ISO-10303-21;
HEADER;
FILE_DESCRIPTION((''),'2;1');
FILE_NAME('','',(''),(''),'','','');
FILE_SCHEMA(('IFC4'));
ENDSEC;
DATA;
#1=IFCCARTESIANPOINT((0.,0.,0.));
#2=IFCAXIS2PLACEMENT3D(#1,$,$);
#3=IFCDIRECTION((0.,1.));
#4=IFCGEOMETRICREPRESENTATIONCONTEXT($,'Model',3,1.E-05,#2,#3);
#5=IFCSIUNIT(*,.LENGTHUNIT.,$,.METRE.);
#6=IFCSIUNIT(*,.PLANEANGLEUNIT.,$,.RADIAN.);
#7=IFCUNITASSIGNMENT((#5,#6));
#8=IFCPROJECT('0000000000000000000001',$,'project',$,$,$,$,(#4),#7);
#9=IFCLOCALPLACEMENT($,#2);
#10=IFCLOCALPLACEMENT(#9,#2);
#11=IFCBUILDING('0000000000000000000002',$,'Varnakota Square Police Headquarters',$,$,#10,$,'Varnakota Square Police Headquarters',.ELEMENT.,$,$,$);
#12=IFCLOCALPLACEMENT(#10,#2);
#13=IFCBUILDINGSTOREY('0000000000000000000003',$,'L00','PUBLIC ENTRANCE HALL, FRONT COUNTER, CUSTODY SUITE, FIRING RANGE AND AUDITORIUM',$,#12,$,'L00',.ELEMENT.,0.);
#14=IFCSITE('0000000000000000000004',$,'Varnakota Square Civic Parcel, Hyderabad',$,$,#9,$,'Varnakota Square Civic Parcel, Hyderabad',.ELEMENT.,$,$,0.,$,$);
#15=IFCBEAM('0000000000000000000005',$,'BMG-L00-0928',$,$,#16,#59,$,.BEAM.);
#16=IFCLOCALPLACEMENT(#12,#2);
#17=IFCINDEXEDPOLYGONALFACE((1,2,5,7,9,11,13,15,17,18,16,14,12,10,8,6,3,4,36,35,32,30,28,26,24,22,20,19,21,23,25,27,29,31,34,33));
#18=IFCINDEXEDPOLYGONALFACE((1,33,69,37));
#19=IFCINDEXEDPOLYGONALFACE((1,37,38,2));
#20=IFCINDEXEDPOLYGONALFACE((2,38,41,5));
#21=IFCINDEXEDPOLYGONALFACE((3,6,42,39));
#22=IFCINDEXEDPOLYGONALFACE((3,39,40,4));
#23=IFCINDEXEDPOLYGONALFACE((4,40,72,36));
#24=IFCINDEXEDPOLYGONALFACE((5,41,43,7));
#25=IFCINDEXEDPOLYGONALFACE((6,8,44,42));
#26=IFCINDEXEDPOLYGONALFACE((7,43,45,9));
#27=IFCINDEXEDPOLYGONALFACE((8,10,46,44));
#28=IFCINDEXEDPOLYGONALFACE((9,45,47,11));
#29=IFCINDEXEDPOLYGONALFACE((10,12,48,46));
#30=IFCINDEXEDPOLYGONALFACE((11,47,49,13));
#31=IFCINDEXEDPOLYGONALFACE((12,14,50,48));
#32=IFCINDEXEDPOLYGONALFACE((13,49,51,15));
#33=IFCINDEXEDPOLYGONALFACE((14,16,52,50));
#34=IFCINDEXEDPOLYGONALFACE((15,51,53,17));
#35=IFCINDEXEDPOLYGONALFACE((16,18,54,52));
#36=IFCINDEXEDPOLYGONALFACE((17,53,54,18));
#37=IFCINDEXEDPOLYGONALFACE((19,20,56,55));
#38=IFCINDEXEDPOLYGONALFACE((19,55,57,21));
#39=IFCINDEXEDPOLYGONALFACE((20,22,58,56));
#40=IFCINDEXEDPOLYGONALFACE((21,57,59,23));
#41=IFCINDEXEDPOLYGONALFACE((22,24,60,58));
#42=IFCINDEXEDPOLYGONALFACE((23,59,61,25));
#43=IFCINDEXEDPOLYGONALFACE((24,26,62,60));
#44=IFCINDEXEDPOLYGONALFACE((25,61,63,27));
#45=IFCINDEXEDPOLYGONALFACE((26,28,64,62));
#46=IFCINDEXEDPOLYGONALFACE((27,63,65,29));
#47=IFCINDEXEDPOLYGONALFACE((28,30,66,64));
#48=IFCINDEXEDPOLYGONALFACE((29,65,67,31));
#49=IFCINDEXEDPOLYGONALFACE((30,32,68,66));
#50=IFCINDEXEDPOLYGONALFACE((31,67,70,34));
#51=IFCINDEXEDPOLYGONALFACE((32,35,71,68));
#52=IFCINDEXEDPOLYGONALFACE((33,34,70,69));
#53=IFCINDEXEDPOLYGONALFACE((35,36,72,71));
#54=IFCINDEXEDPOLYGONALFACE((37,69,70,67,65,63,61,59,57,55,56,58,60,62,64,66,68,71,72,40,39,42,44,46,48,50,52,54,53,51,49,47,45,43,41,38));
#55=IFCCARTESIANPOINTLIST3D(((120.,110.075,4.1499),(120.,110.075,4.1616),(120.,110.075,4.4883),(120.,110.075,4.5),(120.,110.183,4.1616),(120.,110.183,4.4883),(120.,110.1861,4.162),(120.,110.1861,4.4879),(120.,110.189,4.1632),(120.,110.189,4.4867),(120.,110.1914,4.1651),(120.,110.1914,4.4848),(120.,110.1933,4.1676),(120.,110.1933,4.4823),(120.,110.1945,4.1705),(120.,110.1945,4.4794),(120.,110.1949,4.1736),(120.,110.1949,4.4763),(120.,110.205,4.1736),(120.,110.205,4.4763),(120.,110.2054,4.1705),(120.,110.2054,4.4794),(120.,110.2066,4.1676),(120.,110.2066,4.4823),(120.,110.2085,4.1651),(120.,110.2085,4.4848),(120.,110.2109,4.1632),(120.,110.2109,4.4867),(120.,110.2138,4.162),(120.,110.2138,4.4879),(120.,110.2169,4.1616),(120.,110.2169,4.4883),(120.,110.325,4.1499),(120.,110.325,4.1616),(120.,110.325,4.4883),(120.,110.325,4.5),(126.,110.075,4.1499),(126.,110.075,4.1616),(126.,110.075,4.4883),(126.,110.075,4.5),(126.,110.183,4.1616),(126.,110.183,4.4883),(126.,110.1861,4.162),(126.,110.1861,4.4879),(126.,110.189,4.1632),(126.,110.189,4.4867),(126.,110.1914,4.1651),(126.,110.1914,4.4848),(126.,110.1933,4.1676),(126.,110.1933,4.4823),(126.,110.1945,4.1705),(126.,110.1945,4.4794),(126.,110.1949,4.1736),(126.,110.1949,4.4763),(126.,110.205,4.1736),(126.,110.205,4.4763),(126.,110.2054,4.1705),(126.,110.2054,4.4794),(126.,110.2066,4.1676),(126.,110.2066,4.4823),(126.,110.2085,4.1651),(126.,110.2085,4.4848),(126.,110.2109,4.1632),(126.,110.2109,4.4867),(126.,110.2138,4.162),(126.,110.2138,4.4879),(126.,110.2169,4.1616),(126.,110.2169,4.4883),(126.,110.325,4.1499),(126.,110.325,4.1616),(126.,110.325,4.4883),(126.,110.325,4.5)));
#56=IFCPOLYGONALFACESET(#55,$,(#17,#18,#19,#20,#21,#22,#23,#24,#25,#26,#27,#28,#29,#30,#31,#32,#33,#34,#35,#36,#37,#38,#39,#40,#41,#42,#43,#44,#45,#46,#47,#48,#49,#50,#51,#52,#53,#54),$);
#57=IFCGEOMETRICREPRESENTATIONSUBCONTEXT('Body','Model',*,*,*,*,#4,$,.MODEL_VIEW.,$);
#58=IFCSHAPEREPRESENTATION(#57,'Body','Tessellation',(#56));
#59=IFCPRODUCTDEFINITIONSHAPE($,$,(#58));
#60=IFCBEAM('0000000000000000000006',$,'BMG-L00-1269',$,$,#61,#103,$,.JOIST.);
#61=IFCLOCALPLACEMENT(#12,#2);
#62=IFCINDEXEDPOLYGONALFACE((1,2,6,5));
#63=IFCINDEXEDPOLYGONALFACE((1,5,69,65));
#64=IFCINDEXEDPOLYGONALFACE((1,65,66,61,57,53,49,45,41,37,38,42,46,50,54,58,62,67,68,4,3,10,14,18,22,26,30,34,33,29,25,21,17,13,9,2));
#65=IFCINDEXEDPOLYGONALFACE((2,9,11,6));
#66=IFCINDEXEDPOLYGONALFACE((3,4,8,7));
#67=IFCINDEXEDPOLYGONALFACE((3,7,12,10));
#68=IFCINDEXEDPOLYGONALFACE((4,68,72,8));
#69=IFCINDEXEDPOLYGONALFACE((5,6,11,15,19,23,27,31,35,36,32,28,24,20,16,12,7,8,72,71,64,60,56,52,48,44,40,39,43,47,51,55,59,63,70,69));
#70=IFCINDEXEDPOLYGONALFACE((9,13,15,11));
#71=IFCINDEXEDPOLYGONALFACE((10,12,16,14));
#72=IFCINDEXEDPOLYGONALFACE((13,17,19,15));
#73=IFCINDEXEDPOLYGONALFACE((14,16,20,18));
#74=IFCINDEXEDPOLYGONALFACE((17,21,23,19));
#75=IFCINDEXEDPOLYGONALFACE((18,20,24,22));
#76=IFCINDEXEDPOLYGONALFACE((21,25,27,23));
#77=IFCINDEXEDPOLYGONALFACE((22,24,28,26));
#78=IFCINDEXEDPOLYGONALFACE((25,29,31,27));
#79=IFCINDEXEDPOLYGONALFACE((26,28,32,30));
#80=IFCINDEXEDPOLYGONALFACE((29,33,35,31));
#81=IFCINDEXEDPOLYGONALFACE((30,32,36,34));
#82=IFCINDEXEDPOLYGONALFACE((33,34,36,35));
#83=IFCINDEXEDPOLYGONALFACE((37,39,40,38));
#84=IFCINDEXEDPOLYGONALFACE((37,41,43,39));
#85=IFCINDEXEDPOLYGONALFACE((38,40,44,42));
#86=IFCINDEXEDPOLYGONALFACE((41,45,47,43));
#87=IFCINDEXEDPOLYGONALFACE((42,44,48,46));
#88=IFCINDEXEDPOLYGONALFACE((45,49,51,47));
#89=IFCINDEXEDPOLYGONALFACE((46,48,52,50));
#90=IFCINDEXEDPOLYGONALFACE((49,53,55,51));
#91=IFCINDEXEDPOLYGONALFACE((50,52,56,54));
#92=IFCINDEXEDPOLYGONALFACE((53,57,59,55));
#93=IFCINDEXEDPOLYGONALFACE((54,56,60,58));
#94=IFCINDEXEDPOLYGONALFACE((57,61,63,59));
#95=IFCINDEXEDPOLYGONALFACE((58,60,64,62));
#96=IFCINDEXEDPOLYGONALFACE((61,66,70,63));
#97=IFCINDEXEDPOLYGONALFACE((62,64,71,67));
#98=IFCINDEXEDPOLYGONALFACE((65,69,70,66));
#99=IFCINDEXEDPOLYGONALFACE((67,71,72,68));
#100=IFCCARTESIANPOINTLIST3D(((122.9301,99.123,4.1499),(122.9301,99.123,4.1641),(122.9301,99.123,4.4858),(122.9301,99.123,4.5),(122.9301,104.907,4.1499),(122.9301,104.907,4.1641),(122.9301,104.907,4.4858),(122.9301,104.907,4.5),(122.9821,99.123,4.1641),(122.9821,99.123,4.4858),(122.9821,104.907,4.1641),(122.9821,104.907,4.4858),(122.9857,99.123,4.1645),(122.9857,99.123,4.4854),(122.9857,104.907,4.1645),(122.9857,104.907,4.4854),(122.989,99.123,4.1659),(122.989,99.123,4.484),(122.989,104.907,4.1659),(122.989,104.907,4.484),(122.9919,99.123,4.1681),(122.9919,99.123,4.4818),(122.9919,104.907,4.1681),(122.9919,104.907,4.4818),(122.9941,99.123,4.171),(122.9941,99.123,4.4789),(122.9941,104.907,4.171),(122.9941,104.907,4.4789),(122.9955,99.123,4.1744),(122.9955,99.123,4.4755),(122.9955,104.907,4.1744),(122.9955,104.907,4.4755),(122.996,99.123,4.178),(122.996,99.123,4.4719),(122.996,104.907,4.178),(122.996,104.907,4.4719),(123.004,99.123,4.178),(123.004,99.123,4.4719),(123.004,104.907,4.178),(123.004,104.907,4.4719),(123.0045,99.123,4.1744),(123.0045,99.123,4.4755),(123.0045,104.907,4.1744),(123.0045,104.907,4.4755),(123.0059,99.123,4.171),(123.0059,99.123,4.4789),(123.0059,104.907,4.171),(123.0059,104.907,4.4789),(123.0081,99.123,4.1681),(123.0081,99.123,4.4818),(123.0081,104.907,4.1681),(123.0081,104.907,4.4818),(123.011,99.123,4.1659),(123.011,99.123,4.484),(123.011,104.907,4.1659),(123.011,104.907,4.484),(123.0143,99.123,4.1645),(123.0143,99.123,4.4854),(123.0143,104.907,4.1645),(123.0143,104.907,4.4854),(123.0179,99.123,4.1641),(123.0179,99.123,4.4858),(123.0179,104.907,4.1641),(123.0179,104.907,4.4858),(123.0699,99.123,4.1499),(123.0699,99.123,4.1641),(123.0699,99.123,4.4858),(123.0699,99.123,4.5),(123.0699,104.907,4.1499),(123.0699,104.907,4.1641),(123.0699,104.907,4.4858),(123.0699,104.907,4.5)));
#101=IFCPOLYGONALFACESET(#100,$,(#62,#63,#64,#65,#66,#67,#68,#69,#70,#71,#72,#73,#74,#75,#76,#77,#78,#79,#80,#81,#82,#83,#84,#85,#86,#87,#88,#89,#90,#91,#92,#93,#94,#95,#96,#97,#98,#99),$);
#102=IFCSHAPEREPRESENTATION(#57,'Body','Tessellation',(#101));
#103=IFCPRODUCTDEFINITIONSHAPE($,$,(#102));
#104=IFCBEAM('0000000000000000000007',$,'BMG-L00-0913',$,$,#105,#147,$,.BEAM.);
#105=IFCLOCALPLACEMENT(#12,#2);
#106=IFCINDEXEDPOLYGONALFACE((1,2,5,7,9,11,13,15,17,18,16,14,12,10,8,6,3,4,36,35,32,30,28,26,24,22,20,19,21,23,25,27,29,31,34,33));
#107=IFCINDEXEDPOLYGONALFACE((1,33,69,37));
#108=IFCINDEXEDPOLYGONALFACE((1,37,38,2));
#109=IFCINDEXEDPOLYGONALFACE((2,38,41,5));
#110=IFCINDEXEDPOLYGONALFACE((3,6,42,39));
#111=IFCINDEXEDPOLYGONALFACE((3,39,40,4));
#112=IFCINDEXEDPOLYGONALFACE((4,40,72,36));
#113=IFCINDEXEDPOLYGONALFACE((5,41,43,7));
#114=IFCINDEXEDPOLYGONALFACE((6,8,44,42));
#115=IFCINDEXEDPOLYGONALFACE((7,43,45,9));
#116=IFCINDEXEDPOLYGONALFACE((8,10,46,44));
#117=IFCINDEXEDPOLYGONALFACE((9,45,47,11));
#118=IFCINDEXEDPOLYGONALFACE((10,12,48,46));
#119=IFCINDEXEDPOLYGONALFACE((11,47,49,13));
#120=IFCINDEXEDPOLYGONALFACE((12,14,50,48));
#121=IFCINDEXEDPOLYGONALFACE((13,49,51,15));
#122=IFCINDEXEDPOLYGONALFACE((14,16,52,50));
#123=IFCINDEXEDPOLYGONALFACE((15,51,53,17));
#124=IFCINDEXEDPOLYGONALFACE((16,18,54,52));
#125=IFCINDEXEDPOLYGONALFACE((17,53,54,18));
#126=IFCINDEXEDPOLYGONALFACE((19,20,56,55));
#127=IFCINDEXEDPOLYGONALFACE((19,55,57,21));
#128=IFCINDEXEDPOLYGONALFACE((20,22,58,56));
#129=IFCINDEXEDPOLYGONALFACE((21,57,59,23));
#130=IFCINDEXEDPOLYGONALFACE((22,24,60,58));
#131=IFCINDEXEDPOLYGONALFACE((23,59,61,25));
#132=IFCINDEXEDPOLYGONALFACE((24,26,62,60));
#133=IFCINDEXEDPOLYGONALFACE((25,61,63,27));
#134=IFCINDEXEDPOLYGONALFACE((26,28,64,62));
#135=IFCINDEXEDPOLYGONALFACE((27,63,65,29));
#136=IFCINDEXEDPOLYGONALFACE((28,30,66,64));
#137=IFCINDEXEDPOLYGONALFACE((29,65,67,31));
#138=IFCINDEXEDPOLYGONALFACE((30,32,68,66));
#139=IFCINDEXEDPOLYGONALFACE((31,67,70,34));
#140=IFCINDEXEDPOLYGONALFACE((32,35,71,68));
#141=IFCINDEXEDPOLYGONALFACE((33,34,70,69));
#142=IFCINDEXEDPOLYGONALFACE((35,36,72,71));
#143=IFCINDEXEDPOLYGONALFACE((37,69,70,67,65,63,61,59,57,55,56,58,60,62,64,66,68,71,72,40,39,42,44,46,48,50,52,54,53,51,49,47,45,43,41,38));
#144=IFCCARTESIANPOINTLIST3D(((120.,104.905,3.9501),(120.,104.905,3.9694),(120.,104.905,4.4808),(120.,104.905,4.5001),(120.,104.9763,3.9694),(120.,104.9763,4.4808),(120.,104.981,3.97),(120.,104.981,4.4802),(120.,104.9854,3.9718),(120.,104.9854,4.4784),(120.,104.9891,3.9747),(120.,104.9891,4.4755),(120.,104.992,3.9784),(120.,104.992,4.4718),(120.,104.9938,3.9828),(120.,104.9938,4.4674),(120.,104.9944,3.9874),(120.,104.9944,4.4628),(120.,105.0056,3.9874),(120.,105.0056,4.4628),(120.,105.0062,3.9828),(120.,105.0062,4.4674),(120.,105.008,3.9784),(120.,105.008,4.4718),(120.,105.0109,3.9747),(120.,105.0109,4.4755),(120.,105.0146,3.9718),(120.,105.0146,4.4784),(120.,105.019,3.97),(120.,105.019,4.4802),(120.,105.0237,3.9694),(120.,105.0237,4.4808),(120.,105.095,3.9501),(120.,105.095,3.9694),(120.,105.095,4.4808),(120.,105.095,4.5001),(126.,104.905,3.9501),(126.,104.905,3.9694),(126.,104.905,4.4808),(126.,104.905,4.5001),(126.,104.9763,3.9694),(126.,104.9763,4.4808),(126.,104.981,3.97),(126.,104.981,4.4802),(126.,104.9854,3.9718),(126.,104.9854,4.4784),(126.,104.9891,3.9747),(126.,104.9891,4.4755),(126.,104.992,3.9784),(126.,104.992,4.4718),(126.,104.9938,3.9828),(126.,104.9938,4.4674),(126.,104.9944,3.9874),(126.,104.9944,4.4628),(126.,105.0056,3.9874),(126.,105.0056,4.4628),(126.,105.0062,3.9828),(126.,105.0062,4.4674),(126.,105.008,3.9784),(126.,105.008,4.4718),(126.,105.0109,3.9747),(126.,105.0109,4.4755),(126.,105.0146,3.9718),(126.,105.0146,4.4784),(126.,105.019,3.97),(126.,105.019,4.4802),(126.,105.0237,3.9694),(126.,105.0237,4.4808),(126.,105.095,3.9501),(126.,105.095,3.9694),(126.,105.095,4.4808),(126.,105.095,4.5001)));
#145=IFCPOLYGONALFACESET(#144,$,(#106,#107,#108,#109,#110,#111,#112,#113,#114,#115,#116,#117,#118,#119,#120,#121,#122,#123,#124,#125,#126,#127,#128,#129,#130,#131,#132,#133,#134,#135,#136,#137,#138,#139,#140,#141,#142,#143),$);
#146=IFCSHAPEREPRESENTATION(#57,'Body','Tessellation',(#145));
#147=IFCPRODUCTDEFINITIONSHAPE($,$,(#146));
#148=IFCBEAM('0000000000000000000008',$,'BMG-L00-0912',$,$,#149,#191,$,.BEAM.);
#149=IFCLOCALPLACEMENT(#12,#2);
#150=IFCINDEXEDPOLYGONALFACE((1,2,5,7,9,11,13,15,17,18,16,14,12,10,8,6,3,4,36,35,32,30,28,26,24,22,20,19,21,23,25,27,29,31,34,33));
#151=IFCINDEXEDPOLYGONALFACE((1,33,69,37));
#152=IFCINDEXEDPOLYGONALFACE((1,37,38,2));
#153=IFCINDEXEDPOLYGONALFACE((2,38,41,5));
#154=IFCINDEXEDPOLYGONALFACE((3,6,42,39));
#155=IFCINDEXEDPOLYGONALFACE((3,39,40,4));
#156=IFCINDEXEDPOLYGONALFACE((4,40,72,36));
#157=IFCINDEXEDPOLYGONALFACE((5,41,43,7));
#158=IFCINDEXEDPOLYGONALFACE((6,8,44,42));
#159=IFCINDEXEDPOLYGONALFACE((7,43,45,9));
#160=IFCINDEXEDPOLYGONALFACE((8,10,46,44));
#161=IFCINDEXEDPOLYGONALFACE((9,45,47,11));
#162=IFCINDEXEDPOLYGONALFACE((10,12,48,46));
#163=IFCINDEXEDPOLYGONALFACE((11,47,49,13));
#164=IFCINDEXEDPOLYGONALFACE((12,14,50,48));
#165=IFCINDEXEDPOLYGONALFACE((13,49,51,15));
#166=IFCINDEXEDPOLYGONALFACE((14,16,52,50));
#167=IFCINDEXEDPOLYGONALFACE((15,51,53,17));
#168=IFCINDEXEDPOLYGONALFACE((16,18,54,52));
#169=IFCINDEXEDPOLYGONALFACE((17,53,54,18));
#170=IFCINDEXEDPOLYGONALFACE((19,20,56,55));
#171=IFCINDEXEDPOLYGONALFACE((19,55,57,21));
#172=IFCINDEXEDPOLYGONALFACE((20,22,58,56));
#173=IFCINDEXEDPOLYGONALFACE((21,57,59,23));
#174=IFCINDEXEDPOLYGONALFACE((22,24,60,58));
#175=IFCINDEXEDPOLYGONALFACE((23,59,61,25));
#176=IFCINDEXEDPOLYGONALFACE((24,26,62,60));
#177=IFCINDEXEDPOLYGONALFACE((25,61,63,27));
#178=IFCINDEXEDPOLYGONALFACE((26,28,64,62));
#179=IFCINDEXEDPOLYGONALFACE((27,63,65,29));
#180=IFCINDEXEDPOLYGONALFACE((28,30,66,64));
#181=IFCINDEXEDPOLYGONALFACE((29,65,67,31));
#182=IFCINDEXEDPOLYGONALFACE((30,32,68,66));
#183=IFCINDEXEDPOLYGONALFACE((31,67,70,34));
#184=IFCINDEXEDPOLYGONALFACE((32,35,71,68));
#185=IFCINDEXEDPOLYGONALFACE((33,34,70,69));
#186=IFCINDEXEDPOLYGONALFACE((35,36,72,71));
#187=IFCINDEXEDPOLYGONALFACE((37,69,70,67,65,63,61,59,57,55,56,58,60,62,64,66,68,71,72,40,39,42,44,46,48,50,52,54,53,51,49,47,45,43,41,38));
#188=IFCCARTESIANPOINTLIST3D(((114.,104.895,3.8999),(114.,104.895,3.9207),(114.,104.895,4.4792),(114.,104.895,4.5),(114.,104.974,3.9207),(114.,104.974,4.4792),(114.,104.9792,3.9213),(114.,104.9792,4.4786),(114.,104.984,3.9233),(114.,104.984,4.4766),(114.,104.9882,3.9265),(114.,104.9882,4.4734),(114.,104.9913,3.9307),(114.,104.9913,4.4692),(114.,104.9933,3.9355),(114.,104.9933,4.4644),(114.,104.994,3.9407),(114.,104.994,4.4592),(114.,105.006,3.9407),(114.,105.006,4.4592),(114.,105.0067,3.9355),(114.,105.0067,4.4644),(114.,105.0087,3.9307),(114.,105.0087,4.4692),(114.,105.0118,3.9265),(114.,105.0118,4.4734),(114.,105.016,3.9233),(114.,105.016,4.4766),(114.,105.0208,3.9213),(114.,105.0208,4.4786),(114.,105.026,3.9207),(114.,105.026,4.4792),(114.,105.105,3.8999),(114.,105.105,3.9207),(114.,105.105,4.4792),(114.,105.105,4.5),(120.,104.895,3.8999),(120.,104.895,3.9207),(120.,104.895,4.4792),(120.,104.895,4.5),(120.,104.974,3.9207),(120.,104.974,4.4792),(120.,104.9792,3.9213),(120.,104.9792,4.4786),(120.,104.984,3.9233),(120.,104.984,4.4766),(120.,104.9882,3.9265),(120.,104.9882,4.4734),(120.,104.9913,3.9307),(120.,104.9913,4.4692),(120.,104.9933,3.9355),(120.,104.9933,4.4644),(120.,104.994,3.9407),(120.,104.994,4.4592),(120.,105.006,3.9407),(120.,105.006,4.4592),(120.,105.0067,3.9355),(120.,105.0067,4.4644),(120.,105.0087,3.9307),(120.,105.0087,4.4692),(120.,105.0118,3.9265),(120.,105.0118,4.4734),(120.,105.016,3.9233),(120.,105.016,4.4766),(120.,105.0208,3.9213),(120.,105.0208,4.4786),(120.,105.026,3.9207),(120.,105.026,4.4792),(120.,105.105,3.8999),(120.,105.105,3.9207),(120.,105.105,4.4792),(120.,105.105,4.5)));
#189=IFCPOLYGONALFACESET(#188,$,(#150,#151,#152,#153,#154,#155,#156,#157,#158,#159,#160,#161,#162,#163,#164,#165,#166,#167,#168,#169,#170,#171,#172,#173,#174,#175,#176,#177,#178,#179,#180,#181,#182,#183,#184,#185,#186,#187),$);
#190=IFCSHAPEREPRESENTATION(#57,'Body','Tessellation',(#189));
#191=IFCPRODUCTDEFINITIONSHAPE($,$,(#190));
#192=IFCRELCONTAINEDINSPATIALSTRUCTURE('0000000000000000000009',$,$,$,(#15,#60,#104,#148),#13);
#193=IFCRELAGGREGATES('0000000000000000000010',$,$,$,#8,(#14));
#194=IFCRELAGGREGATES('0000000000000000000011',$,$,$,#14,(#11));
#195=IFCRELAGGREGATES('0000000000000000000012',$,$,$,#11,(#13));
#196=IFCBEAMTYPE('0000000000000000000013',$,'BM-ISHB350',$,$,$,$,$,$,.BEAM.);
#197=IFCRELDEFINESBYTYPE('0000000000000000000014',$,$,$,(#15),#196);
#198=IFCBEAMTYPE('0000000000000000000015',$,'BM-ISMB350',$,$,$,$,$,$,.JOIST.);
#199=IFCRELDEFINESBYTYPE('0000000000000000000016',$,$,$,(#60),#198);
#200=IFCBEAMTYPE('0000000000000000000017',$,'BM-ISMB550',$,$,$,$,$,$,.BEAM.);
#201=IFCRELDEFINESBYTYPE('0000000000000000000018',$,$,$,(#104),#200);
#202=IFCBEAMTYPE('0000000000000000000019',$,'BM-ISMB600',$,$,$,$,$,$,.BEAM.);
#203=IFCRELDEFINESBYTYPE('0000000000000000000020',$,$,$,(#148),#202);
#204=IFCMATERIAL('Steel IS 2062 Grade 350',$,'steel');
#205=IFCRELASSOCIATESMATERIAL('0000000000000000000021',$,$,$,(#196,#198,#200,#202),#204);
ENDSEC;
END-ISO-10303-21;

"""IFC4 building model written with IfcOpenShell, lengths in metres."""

from ifc_helpers import new_model, si_unit, direction, frame, origin, origin_2d, place, context, subcontext, project, spatial, i_section, extrude, material, material_profile, profile_set, type_object, element, save


model = new_model("IFC4")

# Units and contexts
model_context = context("Model", 3, precision=1e-05, world=origin(), true_north=direction((0.0, 1.0)))
body_context = subcontext(model_context, "Body", "Model", "MODEL_VIEW")
ifc_project = project(units=[si_unit("LENGTHUNIT", "METRE"), si_unit("PLANEANGLEUNIT", "RADIAN")], contexts=[model_context])

# Site, building, storey
site_placement = place(None, origin())
site = spatial("IfcSite", under=ifc_project, at=site_placement, Name="Varnakota Square Civic Parcel, Hyderabad", LongName="Varnakota Square Civic Parcel, Hyderabad", CompositionType="ELEMENT", RefElevation=0.0)
building_placement = place(site_placement, origin())
building = spatial("IfcBuilding", under=site, at=building_placement, Name="Varnakota Square Police Headquarters", LongName="Varnakota Square Police Headquarters", CompositionType="ELEMENT")
storey_placement = place(building_placement, origin())
storey = spatial("IfcBuildingStorey", under=building, at=storey_placement, Name="L00", Description="PUBLIC ENTRANCE HALL, FRONT COUNTER, CUSTODY SUITE, FIRING RANGE AND AUDITORIUM", LongName="L00", CompositionType="ELEMENT", Elevation=0.0)

# Beams
ifc_material_1 = material(Name="Steel IS 2062 Grade 350", Category="steel")
ifc_material_profile_1 = material_profile(ifc_material_1, i_section(OverallWidth=0.25, OverallDepth=0.3501, WebThickness=0.01, FlangeThickness=0.0117, FilletRadius=0.012, at=origin_2d()), Name="ISHB 350")
ifc_profile_set_1 = profile_set([ifc_material_profile_1], Name="Steel IS 2062 Grade 350")
beam_type_1 = type_object("IfcBeamType", Name="BM-ISHB350", PredefinedType="BEAM", material=ifc_profile_set_1)
beam_1_placement = place(storey_placement, frame((120.0, 110.2, 4.325), z_axis=(1.0, 0.0, 0.0), x_axis=(0.0, 1.0, 0.0)))
element("IfcBeam", 1, at=beam_1_placement, inside=storey, type_object=beam_type_1, Name="BMG-L00-0928", PredefinedType="BEAM", context=body_context, shape_type="SweptSolid", body=[
    extrude(i_section(OverallWidth=0.25, OverallDepth=0.3501, WebThickness=0.01, FlangeThickness=0.0117, FilletRadius=0.012, at=origin_2d()), origin(), (0.0, 0.0, 1.0), 6.0),
])
ifc_material_profile_2 = material_profile(ifc_material_1, i_section(OverallWidth=0.1399, OverallDepth=0.3501, WebThickness=0.0081, FlangeThickness=0.0142, FilletRadius=0.0139, at=origin_2d()), Name="ISMB 350")
ifc_profile_set_2 = profile_set([ifc_material_profile_2], Name="Steel IS 2062 Grade 350")
beam_type_2 = type_object("IfcBeamType", Name="BM-ISMB350", PredefinedType="JOIST", material=ifc_profile_set_2)
beam_2_placement = place(storey_placement, frame((123.0, 99.123, 4.325), z_axis=(0.0, 1.0, 0.0), x_axis=(-1.0, 0.0, 0.0)))
element("IfcBeam", 2, at=beam_2_placement, inside=storey, type_object=beam_type_2, Name="BMG-L00-1269", PredefinedType="JOIST", context=body_context, shape_type="SweptSolid", body=[
    extrude(i_section(OverallWidth=0.1399, OverallDepth=0.3501, WebThickness=0.0081, FlangeThickness=0.0142, FilletRadius=0.0139, at=origin_2d()), origin(), (0.0, 0.0, 1.0), 5.7839),
])
ifc_material_profile_3 = material_profile(ifc_material_1, i_section(OverallWidth=0.1899, OverallDepth=0.55, WebThickness=0.0112, FlangeThickness=0.0193, FilletRadius=0.0181, at=origin_2d()), Name="ISMB 550")
ifc_profile_set_3 = profile_set([ifc_material_profile_3], Name="Steel IS 2062 Grade 350")
beam_type_3 = type_object("IfcBeamType", Name="BM-ISMB550", PredefinedType="BEAM", material=ifc_profile_set_3)
beam_3_placement = place(storey_placement, frame((120.0, 105.0, 4.2251), z_axis=(1.0, 0.0, 0.0), x_axis=(0.0, 1.0, 0.0)))
element("IfcBeam", 3, at=beam_3_placement, inside=storey, type_object=beam_type_3, Name="BMG-L00-0913", PredefinedType="BEAM", context=body_context, shape_type="SweptSolid", body=[
    extrude(i_section(OverallWidth=0.1899, OverallDepth=0.55, WebThickness=0.0112, FlangeThickness=0.0193, FilletRadius=0.0181, at=origin_2d()), origin(), (0.0, 0.0, 1.0), 6.0),
])
ifc_material_profile_4 = material_profile(ifc_material_1, i_section(OverallWidth=0.21, OverallDepth=0.6001, WebThickness=0.012, FlangeThickness=0.0208, FilletRadius=0.02, at=origin_2d()), Name="ISMB 600")
ifc_profile_set_4 = profile_set([ifc_material_profile_4], Name="Steel IS 2062 Grade 350")
beam_type_4 = type_object("IfcBeamType", Name="BM-ISMB600", PredefinedType="BEAM", material=ifc_profile_set_4)
beam_4_placement = place(storey_placement, frame((114.0, 105.0, 4.2), z_axis=(1.0, 0.0, 0.0), x_axis=(0.0, 1.0, 0.0)))
element("IfcBeam", 4, at=beam_4_placement, inside=storey, type_object=beam_type_4, Name="BMG-L00-0912", PredefinedType="BEAM", context=body_context, shape_type="SweptSolid", body=[
    extrude(i_section(OverallWidth=0.21, OverallDepth=0.6001, WebThickness=0.012, FlangeThickness=0.0208, FilletRadius=0.02, at=origin_2d()), origin(), (0.0, 0.0, 1.0), 6.0),
])

save(model, "model.ifc")
